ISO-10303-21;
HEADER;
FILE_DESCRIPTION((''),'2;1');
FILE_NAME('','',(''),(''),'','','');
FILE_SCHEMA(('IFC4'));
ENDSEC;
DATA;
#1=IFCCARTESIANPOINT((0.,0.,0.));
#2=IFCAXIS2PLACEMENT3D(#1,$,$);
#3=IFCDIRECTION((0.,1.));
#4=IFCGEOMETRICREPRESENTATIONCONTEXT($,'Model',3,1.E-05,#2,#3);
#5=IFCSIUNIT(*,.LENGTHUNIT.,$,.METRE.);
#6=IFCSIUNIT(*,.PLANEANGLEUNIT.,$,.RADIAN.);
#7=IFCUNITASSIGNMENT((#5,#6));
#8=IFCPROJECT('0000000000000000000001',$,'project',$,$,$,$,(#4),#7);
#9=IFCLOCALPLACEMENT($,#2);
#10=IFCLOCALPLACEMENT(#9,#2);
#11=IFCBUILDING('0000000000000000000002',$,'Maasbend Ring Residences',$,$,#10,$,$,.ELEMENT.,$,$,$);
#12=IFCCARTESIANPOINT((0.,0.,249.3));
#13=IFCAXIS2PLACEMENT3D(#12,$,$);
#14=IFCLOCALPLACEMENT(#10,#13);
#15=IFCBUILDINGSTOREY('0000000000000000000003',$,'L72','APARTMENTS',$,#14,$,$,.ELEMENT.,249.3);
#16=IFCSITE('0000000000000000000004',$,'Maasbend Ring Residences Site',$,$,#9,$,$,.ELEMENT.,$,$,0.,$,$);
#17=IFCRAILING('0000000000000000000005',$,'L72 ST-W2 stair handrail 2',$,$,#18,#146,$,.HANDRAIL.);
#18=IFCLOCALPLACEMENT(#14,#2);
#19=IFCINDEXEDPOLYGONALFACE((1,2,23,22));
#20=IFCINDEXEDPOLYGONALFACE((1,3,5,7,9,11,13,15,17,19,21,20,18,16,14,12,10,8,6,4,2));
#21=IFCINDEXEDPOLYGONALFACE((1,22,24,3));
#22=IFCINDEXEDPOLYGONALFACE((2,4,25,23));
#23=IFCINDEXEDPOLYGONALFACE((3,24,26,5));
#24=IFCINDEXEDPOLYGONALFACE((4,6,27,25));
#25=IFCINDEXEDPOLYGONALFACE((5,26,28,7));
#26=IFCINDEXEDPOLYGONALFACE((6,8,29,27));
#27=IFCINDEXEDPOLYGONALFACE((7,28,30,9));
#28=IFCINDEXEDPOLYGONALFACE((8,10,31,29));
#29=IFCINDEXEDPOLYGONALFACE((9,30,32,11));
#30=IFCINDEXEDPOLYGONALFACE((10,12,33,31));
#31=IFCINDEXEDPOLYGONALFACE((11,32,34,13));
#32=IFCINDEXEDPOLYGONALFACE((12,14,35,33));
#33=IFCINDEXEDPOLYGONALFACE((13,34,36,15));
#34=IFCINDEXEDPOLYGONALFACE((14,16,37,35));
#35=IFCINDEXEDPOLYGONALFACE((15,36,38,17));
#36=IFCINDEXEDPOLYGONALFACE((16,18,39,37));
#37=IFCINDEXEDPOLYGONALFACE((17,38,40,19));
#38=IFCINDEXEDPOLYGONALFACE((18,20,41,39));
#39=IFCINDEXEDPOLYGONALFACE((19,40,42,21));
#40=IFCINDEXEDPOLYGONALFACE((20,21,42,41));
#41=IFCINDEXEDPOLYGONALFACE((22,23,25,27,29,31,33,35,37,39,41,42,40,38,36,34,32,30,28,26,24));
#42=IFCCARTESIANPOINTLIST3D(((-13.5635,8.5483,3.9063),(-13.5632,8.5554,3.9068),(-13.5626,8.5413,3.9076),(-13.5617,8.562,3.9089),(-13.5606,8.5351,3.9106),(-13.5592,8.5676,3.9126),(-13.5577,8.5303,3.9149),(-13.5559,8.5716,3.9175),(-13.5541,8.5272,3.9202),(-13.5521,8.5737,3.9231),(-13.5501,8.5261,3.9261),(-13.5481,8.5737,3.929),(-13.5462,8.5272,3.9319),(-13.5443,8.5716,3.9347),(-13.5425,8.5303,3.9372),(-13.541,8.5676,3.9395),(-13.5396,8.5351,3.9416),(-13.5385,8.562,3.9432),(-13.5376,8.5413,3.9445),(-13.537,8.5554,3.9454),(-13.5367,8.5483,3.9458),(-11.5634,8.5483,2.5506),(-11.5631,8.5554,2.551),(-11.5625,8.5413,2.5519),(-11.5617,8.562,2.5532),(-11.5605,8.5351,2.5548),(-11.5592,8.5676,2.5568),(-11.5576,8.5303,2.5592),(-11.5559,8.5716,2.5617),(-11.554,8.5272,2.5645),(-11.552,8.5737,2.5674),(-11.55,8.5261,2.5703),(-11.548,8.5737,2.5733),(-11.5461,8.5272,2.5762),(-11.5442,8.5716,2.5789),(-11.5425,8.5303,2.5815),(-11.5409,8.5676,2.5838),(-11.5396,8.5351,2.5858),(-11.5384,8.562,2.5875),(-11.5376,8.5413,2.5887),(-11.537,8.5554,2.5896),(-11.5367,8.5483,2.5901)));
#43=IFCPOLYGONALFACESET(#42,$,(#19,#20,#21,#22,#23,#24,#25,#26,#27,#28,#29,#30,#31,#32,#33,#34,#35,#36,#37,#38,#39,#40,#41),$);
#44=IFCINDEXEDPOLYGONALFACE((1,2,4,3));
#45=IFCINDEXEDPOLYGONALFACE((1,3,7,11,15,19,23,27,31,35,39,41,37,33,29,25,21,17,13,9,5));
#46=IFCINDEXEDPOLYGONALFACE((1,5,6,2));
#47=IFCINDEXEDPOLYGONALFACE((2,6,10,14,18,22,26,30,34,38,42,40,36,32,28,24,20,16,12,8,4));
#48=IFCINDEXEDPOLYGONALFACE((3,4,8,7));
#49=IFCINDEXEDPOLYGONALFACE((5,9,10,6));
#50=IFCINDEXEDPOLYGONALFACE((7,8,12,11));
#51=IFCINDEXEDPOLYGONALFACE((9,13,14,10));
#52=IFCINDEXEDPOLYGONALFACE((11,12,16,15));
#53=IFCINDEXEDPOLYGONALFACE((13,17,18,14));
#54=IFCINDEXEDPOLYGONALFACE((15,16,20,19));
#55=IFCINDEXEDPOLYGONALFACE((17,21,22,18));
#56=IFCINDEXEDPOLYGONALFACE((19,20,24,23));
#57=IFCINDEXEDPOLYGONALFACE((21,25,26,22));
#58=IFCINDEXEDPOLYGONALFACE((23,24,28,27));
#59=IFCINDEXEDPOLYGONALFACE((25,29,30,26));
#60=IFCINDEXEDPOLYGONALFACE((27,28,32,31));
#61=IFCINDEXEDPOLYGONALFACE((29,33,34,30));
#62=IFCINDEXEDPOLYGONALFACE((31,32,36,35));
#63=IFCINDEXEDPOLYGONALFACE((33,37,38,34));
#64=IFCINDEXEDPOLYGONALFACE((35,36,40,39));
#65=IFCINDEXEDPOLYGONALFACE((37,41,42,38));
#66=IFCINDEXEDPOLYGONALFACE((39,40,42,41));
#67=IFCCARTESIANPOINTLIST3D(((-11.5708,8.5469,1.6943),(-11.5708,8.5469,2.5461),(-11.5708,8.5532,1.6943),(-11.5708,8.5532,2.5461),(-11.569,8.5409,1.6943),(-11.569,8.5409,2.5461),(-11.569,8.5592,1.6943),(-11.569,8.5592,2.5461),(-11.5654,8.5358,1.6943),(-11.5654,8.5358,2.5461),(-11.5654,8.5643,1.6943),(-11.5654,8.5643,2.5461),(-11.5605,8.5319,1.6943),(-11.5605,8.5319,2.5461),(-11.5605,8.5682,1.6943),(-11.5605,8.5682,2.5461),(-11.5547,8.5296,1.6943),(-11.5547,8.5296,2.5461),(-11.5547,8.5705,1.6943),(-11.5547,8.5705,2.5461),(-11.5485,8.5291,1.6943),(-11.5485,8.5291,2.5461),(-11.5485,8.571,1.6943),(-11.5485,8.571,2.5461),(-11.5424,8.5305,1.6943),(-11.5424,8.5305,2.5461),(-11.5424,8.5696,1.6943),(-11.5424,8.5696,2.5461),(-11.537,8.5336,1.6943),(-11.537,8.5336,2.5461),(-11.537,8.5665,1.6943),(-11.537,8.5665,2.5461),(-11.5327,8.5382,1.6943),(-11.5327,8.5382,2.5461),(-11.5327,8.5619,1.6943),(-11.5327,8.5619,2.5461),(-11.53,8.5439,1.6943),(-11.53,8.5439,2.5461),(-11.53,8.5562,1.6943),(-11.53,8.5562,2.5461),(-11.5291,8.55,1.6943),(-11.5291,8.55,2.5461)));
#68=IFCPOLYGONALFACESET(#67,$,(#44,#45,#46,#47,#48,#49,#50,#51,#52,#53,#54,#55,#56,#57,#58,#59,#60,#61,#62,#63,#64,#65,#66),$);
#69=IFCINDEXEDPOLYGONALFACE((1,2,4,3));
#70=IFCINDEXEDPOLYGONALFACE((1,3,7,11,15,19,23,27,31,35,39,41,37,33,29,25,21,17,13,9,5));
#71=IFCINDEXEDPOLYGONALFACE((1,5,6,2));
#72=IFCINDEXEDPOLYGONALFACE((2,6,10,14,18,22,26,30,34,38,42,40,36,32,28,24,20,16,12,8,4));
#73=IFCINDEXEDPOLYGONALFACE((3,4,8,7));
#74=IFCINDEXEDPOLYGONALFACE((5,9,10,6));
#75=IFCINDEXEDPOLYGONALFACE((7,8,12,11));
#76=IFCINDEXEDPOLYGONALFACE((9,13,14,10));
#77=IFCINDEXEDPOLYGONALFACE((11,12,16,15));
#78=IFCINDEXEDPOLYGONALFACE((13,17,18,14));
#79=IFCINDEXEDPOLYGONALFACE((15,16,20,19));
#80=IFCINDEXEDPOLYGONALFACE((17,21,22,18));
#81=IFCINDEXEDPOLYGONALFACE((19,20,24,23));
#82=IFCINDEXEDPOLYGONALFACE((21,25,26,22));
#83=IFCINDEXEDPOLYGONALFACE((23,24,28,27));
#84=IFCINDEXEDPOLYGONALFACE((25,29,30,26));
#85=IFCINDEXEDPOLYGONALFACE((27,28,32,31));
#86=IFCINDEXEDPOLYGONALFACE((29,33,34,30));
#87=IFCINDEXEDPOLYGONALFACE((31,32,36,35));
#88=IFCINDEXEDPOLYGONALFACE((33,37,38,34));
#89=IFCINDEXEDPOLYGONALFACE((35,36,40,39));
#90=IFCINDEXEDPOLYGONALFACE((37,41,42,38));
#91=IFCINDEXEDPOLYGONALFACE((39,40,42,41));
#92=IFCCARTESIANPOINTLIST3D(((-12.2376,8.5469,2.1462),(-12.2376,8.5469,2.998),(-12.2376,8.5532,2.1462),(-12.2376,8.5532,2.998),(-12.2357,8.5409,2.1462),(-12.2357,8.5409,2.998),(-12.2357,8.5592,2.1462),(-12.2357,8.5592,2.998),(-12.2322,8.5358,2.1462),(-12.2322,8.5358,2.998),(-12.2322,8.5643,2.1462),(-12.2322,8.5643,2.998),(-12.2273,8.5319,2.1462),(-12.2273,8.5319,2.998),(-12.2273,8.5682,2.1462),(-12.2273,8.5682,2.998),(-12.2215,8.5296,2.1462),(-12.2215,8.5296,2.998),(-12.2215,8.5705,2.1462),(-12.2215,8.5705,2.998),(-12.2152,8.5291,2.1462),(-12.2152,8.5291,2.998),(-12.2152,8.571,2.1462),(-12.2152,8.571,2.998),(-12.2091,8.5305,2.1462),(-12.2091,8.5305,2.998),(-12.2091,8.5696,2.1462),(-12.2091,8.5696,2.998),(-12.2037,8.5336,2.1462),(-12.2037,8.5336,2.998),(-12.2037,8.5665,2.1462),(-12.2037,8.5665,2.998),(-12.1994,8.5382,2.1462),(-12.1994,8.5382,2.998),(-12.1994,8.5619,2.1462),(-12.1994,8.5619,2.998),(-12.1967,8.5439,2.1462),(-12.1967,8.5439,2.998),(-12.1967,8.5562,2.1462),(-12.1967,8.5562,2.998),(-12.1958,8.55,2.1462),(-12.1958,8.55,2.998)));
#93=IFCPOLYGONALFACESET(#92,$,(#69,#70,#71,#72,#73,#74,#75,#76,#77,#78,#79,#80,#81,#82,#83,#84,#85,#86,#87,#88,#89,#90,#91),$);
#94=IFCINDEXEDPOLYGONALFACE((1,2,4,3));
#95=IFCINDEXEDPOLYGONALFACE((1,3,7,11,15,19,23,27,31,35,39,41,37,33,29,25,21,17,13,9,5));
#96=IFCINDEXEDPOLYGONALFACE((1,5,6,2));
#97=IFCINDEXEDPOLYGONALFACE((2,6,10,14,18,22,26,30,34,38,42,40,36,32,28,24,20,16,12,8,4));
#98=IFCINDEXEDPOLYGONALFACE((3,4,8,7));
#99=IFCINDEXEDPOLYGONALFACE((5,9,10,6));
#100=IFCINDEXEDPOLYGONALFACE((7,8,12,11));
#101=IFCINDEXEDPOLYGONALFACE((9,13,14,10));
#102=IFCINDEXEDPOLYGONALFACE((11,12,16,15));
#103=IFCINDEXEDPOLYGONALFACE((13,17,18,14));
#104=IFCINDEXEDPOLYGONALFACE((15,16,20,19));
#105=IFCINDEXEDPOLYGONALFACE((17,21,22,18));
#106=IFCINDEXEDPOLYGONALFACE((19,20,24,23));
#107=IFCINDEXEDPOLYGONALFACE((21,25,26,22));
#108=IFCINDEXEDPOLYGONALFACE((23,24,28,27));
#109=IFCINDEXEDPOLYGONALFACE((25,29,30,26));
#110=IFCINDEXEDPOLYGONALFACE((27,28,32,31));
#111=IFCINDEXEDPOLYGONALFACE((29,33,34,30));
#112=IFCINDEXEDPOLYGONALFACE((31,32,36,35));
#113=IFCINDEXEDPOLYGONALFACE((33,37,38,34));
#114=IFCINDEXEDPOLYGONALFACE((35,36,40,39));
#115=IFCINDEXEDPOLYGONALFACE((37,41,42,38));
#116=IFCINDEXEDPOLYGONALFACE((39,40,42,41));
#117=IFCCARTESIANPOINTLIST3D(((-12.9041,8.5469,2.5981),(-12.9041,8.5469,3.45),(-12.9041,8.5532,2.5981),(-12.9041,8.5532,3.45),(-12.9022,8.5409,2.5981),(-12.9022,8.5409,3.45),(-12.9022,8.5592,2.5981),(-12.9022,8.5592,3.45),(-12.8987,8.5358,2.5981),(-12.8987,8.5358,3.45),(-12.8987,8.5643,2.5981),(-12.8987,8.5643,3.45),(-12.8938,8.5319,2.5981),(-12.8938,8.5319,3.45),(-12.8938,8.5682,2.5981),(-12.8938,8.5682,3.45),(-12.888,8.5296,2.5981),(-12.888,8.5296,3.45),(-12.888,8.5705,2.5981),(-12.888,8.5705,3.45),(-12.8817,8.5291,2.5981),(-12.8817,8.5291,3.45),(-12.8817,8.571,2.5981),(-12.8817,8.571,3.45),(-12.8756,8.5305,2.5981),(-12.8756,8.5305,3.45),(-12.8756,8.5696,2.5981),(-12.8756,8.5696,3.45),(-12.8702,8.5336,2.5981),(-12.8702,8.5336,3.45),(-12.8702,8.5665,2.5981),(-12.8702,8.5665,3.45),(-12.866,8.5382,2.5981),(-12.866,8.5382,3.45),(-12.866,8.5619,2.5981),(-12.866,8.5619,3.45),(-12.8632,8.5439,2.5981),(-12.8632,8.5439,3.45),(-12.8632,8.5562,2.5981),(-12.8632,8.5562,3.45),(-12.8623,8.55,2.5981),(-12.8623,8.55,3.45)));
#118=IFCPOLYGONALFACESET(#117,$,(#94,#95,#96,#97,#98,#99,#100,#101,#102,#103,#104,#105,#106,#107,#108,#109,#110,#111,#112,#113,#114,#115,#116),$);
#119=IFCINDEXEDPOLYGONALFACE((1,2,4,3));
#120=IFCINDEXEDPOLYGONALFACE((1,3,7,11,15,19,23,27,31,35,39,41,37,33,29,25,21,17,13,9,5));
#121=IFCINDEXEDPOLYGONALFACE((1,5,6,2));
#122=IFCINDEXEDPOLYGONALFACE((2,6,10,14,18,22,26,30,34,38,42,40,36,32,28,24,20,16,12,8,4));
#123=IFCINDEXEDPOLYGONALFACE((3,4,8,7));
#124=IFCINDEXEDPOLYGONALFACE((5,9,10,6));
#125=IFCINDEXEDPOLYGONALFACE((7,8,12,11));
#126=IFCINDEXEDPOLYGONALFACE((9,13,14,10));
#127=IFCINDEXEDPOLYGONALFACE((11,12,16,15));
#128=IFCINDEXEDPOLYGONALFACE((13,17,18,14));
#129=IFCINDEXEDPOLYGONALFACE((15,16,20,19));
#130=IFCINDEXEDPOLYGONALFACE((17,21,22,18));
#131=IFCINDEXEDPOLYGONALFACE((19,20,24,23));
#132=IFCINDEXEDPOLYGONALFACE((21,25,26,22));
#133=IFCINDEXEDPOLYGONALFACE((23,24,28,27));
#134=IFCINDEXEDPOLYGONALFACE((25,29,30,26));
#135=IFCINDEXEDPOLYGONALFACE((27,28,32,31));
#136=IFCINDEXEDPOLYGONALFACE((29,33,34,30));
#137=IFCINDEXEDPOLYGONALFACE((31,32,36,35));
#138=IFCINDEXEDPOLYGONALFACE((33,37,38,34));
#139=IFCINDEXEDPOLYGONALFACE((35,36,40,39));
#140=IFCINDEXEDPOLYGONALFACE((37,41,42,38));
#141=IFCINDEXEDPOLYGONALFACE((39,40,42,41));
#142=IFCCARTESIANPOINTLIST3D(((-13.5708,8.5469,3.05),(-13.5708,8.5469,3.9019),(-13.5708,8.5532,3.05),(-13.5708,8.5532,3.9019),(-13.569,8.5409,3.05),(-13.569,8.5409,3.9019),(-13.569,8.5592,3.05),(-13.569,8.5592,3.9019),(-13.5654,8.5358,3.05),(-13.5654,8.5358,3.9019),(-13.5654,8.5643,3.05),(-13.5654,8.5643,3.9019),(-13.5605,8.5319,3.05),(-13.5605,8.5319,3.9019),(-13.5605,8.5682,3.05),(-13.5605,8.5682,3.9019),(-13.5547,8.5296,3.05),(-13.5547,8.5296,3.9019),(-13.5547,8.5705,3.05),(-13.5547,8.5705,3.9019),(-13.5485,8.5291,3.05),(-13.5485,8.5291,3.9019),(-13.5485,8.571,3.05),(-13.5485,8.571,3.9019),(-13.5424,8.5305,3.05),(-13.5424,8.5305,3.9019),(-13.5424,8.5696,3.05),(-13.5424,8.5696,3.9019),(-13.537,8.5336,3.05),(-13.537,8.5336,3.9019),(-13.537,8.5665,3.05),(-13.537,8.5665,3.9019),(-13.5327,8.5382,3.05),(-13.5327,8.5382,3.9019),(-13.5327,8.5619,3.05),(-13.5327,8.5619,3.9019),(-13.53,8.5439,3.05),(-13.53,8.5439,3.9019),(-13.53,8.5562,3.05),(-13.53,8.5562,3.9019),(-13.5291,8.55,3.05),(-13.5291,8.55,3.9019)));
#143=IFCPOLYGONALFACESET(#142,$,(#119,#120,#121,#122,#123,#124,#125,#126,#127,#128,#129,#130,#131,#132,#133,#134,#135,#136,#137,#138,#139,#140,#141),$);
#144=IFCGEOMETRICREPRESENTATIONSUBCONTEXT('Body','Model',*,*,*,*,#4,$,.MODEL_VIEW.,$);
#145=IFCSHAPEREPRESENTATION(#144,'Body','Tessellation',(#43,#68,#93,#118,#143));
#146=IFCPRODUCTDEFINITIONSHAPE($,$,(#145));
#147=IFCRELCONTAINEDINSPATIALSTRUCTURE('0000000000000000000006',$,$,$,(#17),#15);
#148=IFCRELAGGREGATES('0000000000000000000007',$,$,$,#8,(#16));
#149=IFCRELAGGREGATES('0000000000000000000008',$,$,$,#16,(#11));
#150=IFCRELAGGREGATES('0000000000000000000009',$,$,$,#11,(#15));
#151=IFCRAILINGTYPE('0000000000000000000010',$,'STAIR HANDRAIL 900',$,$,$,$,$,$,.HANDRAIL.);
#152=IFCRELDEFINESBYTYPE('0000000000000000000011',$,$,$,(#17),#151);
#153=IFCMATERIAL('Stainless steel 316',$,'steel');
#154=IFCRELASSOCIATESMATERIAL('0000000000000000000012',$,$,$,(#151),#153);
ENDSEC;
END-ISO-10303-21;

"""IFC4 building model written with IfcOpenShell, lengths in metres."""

from ifc_helpers import new_model, si_unit, direction, frame, origin, origin_2d, place, context, subcontext, project, spatial, circle, extrude, material, type_object, element, save


model = new_model("IFC4")

# Units and contexts
model_context = context("Model", 3, precision=1e-05, world=origin(), true_north=direction((0.0, 1.0)))
body_context = subcontext(model_context, "Body", "Model", "MODEL_VIEW")
ifc_project = project(units=[si_unit("LENGTHUNIT", "METRE"), si_unit("PLANEANGLEUNIT", "RADIAN")], contexts=[model_context])

# Site, building, storey
site_placement = place(None, origin())
site = spatial("IfcSite", under=ifc_project, at=site_placement, Name="Maasbend Ring Residences Site", CompositionType="ELEMENT", RefElevation=0.0)
building_placement = place(site_placement, origin())
building = spatial("IfcBuilding", under=site, at=building_placement, Name="Maasbend Ring Residences", CompositionType="ELEMENT")
storey_placement = place(building_placement, frame((0.0, 0.0, 249.3)))
storey = spatial("IfcBuildingStorey", under=building, at=storey_placement, Name="L72", Description="APARTMENTS", CompositionType="ELEMENT", Elevation=249.3)

# Railing
ifc_material_1 = material(Name="Stainless steel 316", Category="steel")
railing_type_1 = type_object("IfcRailingType", Name="STAIR HANDRAIL 900", PredefinedType="HANDRAIL", material=ifc_material_1)
railing_1_placement = place(storey_placement, frame((-11.55, 8.55, 1.6943)))
element("IfcRailing", 1, at=railing_1_placement, inside=storey, type_object=railing_type_1, Name="L72 ST-W2 stair handrail 2", PredefinedType="HANDRAIL", context=body_context, shape_type="SweptSolid", body=[
    extrude(circle(Radius=0.0239, at=origin_2d()), frame((0.0, 0.0, 0.876), z_axis=(-0.827751, 0.0, 0.561096), x_axis=(0.0, -1.0, 0.0)), (0.0, 0.0, 1.0), 2.4163),
    extrude(circle(Radius=0.021, at=origin_2d()), origin(), (0.0, 0.0, 1.0), 0.8518),
    extrude(circle(Radius=0.021, at=origin_2d()), frame((-0.6667, 0.0, 0.4519)), (0.0, 0.0, 1.0), 0.8518),
    extrude(circle(Radius=0.021, at=origin_2d()), frame((-1.3333, 0.0, 0.9038)), (0.0, 0.0, 1.0), 0.8518),
    extrude(circle(Radius=0.021, at=origin_2d()), frame((-2.0, 0.0, 1.3557)), (0.0, 0.0, 1.0), 0.8518),
])

save(model, "model.ifc")
